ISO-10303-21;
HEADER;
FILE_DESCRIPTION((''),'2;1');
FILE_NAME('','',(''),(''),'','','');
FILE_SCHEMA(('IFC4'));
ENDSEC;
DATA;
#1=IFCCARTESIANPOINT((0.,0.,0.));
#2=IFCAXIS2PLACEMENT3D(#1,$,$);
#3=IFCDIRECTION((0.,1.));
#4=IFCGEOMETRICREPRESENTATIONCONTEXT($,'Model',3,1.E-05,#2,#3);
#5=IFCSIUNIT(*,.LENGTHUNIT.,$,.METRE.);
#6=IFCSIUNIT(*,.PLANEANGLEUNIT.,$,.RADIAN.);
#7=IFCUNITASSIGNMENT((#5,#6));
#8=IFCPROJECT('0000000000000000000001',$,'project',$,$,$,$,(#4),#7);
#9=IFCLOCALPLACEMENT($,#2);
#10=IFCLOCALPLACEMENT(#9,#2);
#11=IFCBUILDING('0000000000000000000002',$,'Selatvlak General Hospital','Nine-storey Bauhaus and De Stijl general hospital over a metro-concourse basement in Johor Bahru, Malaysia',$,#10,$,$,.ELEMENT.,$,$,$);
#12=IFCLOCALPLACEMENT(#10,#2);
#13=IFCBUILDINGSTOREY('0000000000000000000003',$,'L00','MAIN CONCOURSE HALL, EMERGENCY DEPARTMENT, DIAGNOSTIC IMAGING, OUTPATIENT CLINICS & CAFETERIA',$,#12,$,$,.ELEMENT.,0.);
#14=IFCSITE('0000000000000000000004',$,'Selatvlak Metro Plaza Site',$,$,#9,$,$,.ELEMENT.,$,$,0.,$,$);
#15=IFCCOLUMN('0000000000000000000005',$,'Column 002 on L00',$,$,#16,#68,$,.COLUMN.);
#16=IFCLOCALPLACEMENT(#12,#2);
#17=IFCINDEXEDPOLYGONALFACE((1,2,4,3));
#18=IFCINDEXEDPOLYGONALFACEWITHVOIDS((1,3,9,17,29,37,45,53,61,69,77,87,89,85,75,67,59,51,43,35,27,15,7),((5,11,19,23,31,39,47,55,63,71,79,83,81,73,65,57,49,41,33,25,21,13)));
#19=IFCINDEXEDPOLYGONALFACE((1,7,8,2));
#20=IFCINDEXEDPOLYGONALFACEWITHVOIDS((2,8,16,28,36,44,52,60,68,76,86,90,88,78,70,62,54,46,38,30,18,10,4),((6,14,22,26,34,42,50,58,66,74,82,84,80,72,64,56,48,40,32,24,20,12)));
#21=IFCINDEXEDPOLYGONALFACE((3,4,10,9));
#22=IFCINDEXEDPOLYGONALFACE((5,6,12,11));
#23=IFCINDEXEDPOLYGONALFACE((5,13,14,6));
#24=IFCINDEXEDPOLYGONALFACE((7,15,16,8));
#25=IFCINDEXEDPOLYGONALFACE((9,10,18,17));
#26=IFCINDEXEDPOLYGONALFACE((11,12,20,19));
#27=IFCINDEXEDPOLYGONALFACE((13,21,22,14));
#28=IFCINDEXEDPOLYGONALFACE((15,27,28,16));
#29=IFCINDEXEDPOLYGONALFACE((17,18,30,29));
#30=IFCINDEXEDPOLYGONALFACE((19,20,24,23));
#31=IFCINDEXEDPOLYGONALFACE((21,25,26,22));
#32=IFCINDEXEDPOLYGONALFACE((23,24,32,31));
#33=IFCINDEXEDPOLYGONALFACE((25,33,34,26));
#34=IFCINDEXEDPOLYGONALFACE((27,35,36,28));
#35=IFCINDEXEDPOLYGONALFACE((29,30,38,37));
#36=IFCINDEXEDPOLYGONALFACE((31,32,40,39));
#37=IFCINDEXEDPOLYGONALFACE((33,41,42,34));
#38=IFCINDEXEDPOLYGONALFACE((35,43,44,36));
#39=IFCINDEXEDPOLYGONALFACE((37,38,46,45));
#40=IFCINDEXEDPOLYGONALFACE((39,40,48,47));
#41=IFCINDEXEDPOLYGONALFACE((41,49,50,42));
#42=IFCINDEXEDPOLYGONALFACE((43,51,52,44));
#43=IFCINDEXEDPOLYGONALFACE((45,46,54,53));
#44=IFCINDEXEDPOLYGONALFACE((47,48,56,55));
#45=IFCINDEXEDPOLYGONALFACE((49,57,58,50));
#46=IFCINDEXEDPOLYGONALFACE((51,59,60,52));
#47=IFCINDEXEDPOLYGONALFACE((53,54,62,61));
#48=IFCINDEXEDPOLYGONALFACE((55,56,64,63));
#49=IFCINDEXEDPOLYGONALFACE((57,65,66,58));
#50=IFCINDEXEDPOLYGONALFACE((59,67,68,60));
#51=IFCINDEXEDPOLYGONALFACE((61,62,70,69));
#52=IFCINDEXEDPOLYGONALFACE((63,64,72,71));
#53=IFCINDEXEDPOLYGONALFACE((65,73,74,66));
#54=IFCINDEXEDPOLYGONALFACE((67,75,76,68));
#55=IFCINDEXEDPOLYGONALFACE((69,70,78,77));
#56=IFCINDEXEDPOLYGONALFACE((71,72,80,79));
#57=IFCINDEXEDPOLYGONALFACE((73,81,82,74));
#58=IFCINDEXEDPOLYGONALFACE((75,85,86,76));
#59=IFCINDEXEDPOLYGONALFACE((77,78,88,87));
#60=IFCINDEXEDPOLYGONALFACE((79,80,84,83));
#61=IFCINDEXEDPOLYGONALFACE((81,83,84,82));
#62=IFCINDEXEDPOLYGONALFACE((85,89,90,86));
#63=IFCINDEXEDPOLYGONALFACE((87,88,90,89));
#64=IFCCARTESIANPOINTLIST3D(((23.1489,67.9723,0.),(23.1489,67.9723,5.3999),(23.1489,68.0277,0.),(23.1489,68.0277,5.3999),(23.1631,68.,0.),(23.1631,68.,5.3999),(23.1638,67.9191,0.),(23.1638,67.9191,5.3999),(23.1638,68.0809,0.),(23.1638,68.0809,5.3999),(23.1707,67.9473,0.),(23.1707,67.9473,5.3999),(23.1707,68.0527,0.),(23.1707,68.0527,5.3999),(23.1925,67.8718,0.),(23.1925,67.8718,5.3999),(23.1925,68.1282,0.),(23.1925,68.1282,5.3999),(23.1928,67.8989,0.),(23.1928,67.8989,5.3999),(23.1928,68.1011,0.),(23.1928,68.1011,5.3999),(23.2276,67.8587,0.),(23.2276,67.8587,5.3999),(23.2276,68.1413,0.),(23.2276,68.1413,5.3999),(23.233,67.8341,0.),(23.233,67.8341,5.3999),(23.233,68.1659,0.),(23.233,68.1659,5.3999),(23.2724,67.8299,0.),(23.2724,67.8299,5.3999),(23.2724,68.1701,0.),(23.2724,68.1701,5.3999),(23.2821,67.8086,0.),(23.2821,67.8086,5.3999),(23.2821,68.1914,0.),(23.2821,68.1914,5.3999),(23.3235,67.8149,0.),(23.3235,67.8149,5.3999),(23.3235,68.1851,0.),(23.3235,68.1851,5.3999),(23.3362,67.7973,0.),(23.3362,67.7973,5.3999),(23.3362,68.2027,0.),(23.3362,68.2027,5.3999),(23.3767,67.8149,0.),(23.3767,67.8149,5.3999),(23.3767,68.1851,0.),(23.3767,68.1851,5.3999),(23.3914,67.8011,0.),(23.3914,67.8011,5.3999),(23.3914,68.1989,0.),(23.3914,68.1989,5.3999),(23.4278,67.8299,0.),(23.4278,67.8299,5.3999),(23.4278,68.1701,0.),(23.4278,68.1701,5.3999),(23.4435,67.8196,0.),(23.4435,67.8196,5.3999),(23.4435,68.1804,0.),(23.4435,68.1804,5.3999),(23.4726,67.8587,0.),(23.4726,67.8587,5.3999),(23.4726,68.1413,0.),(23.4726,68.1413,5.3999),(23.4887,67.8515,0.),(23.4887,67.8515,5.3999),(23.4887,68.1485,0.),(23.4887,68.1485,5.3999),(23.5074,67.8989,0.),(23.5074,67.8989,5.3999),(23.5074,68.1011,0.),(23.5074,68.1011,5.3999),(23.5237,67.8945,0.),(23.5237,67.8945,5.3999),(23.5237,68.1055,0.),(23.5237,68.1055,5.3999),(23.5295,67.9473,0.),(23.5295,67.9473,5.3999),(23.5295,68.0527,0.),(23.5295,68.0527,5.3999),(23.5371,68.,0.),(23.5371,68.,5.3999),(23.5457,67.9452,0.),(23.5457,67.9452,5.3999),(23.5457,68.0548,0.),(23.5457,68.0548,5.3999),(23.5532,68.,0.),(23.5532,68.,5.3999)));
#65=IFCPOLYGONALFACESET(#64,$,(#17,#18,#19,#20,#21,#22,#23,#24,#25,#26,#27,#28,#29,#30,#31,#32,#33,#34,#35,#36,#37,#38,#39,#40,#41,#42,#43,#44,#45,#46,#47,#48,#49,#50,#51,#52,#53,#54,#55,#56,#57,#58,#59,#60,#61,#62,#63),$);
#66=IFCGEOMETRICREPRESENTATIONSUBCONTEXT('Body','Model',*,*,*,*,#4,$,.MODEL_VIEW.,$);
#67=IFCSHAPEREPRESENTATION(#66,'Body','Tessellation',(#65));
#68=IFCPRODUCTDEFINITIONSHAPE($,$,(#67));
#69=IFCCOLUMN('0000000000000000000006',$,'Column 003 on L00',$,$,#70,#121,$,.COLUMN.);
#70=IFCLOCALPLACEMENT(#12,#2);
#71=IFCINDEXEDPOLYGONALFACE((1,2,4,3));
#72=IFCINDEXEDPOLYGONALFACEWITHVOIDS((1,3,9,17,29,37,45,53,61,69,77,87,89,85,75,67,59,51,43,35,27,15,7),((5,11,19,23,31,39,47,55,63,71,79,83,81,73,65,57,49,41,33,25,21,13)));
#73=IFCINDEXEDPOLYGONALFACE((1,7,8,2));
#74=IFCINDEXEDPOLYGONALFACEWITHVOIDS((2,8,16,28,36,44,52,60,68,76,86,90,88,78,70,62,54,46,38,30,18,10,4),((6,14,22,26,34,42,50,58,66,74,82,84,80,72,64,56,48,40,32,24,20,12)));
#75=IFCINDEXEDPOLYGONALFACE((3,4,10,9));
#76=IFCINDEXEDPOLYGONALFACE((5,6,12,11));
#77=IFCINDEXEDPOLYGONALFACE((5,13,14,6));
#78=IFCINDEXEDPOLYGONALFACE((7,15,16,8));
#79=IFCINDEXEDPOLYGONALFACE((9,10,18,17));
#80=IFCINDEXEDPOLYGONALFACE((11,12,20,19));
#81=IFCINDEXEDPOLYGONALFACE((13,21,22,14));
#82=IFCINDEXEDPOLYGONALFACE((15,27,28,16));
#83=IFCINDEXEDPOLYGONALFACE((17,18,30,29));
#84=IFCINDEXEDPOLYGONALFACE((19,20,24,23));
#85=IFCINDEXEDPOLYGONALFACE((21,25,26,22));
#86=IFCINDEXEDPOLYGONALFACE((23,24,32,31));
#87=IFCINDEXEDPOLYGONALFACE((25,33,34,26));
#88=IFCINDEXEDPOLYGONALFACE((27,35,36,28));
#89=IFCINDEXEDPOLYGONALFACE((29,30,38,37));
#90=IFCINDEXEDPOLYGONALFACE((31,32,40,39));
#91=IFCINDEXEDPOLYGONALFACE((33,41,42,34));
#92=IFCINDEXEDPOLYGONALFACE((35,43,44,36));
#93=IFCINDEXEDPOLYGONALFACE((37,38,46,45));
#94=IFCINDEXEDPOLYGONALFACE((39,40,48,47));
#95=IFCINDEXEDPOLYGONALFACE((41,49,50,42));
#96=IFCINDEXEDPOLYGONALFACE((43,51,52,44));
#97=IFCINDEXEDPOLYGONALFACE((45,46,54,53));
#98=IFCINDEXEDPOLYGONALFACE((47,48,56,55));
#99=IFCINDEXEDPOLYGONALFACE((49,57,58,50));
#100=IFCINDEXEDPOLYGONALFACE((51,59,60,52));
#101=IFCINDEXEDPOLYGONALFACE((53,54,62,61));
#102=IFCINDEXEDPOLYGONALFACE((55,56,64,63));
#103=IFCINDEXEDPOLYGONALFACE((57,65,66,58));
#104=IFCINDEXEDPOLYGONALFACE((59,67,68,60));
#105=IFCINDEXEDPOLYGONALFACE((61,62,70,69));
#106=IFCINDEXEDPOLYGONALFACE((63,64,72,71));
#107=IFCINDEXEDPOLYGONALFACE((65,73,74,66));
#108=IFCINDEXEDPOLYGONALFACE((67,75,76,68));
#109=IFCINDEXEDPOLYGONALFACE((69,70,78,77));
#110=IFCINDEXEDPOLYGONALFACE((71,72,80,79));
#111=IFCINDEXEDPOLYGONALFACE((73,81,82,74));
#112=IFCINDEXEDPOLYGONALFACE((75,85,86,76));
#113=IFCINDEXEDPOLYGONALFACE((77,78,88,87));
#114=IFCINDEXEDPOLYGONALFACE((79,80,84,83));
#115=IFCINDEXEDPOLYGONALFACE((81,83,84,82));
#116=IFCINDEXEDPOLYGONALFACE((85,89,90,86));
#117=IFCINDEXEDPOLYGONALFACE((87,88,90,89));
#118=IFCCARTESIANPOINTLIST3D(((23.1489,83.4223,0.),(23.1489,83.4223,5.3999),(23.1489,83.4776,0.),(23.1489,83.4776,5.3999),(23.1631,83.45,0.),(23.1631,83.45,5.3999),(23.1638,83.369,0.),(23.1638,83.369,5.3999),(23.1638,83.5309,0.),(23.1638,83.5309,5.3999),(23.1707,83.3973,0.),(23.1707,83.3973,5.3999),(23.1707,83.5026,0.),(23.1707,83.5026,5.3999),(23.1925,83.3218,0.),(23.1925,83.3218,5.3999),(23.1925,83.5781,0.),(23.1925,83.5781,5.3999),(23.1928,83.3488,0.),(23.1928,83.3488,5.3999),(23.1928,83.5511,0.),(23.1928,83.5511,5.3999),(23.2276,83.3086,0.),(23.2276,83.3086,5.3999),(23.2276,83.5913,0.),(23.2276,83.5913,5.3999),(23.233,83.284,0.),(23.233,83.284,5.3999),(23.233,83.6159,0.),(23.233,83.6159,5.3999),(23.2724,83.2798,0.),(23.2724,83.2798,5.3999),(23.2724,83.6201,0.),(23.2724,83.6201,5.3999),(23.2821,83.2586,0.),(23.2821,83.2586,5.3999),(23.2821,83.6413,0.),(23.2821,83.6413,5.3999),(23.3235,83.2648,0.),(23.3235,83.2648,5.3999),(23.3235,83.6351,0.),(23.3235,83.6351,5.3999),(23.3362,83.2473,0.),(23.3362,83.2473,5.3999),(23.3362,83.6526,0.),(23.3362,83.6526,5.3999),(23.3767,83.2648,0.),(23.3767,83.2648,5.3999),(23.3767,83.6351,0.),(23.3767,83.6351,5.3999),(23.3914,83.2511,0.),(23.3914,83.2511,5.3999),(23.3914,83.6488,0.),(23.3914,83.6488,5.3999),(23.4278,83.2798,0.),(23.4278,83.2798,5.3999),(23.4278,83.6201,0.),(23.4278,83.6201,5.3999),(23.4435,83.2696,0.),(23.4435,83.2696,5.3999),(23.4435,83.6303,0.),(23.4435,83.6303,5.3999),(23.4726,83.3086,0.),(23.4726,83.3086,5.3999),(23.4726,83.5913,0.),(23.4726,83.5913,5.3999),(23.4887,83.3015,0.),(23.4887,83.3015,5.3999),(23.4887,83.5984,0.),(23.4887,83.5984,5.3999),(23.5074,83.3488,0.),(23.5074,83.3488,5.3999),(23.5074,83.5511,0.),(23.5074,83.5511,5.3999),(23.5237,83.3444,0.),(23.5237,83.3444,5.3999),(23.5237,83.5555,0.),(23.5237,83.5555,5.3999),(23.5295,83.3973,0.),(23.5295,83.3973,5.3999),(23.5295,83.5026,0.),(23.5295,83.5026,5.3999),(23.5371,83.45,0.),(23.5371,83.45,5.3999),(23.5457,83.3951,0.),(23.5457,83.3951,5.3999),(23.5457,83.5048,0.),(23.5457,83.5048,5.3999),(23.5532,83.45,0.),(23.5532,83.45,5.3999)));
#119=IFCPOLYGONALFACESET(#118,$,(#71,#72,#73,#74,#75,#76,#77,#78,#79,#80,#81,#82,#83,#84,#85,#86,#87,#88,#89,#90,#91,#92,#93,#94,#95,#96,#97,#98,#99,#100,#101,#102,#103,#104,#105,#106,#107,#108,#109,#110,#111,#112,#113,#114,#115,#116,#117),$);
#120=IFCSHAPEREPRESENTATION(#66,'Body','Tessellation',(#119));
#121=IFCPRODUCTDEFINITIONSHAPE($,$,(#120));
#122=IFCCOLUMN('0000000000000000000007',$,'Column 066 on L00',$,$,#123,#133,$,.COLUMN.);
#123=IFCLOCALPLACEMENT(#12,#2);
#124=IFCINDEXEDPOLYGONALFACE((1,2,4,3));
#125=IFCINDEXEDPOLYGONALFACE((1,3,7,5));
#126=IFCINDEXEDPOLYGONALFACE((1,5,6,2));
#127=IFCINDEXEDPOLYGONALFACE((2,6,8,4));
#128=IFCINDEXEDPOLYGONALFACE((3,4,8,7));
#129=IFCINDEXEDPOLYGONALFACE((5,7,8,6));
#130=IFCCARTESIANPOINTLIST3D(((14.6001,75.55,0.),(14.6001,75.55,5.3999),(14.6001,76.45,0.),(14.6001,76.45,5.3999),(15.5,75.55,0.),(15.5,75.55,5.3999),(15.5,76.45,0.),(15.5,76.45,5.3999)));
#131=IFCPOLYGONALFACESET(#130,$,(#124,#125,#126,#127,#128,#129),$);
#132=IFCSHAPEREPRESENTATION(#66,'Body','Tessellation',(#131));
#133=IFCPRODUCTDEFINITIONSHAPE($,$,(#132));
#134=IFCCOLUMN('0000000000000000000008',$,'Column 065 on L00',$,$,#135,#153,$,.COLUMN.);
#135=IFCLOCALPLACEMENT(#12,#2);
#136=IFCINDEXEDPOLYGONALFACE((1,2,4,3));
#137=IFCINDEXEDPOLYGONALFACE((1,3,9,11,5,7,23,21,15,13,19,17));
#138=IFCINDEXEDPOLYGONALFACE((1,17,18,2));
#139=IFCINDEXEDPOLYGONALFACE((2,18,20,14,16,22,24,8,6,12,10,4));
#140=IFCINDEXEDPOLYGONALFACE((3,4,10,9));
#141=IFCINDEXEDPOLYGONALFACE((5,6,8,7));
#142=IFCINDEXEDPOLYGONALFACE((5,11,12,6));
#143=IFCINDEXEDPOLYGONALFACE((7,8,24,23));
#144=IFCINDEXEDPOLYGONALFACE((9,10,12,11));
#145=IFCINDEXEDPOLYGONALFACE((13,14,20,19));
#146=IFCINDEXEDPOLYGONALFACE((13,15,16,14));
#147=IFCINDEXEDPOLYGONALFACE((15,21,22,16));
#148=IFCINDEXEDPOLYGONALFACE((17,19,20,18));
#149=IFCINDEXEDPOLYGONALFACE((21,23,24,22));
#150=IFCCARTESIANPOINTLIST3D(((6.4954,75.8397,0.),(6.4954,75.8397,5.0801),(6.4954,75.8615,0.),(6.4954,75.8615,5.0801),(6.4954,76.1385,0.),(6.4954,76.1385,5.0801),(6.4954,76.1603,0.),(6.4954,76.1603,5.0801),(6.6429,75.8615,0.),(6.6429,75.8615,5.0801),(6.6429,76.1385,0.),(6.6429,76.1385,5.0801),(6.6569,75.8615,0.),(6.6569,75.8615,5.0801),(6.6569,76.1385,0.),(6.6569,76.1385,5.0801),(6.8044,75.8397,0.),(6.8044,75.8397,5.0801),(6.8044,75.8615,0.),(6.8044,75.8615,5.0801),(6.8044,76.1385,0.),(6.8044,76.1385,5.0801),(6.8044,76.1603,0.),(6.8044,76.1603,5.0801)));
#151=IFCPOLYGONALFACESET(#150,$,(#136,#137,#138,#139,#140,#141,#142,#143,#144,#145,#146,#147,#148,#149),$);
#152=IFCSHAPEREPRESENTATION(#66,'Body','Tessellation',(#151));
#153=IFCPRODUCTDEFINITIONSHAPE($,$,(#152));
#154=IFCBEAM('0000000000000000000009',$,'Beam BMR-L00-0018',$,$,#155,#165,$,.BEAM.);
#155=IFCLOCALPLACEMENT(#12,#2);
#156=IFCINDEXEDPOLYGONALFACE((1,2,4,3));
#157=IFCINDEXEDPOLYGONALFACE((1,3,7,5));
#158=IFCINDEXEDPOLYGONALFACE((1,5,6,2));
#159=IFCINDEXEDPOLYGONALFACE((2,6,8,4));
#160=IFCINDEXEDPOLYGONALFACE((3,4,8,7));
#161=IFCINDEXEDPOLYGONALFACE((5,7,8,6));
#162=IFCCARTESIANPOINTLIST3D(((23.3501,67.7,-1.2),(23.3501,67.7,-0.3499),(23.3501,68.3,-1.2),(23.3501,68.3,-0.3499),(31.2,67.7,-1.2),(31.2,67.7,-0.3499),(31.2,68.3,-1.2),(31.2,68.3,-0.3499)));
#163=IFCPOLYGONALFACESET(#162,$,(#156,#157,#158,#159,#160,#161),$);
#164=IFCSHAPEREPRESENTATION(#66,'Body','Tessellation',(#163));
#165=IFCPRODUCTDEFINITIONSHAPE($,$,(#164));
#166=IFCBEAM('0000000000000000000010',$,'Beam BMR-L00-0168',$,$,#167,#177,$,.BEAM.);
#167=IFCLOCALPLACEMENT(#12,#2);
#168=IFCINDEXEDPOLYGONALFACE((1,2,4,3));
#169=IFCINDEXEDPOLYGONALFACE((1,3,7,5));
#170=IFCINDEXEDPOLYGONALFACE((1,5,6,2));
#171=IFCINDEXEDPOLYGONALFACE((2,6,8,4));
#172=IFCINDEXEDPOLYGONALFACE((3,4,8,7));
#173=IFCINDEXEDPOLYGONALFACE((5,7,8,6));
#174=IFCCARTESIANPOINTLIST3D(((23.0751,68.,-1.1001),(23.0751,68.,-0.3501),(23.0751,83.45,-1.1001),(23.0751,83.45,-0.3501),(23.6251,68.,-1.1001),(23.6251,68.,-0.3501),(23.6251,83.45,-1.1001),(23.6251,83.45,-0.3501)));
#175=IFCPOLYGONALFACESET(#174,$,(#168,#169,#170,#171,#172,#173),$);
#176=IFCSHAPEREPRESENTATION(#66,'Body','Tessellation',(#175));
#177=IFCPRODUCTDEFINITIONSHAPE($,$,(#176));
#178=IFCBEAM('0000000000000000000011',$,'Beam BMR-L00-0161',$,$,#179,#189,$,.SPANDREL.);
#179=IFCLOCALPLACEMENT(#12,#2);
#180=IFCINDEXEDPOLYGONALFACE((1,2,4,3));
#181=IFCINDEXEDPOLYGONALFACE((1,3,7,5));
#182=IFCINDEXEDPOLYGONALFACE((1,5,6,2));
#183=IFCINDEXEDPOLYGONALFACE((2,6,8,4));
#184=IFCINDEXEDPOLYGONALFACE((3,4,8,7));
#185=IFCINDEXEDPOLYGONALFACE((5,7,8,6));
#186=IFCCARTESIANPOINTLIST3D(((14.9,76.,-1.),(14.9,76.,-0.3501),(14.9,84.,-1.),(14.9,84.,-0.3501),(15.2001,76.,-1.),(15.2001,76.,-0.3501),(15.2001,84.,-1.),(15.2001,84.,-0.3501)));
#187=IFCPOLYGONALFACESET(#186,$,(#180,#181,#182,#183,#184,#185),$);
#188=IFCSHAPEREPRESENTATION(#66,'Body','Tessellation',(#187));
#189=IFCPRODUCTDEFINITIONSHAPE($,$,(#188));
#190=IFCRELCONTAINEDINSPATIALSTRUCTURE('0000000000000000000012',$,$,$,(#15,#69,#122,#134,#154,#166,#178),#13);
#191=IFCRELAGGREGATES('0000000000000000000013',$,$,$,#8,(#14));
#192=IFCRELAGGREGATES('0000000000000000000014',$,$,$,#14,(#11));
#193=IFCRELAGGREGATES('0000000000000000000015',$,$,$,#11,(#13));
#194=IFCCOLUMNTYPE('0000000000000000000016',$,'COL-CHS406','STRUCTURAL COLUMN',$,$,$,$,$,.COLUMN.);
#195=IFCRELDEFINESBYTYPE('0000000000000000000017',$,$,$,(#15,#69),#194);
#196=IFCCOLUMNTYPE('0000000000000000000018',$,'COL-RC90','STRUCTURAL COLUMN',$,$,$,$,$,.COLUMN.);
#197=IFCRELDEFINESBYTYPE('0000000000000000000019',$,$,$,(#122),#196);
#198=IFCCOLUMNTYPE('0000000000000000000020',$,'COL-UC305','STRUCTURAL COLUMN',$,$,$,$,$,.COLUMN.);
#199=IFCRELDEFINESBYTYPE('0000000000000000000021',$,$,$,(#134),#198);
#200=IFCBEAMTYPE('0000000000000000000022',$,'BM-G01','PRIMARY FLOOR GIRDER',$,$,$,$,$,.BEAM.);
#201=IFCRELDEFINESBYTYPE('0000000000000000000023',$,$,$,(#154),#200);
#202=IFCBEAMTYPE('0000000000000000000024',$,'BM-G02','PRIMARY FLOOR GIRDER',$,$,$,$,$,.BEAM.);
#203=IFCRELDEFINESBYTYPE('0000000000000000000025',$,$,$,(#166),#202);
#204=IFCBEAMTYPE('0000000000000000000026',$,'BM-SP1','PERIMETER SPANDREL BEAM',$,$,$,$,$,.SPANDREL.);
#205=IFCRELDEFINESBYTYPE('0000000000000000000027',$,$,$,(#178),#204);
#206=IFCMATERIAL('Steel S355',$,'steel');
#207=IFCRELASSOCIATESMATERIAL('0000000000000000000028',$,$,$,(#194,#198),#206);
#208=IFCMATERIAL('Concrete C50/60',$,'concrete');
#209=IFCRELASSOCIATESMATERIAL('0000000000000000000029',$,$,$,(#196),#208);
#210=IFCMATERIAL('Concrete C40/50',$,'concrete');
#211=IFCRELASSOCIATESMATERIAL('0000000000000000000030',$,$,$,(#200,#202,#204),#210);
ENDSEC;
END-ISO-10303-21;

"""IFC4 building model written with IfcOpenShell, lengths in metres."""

from ifc_helpers import new_model, si_unit, direction, frame, origin, origin_2d, place, context, subcontext, project, spatial, rectangle, hollow_circle, i_section, extrude, material, material_profile, profile_set, type_object, element, save


model = new_model("IFC4")

# Units and contexts
model_context = context("Model", 3, precision=1e-05, world=origin(), true_north=direction((0.0, 1.0)))
body_context = subcontext(model_context, "Body", "Model", "MODEL_VIEW")
ifc_project = project(units=[si_unit("LENGTHUNIT", "METRE"), si_unit("PLANEANGLEUNIT", "RADIAN")], contexts=[model_context])

# Site, building, storey
site_placement = place(None, origin())
site = spatial("IfcSite", under=ifc_project, at=site_placement, Name="Selatvlak Metro Plaza Site", CompositionType="ELEMENT", RefElevation=0.0)
building_placement = place(site_placement, origin())
building = spatial("IfcBuilding", under=site, at=building_placement, Name="Selatvlak General Hospital", Description="Nine-storey Bauhaus and De Stijl general hospital over a metro-concourse basement in Johor Bahru, Malaysia", CompositionType="ELEMENT")
storey_placement = place(building_placement, origin())
storey = spatial("IfcBuildingStorey", under=building, at=storey_placement, Name="L00", Description="MAIN CONCOURSE HALL, EMERGENCY DEPARTMENT, DIAGNOSTIC IMAGING, OUTPATIENT CLINICS & CAFETERIA", CompositionType="ELEMENT", Elevation=0.0)

# Columns
ifc_material_1 = material(Name="Steel S355", Category="steel")
ifc_material_profile_1 = material_profile(ifc_material_1, hollow_circle(Radius=0.2031, WallThickness=0.0161, at=origin_2d()), Name="CHS 406.4x16")
ifc_profile_set_1 = profile_set([ifc_material_profile_1], Name="Steel S355")
column_type_1 = type_object("IfcColumnType", Name="COL-CHS406", Description="STRUCTURAL COLUMN", PredefinedType="COLUMN", material=ifc_profile_set_1)
for number, where, z_axis, x_axis, name in (
    (1, (23.3501, 68.0, 0.0), (0.0, 0.0, 1.0), (1.0, 0.0, 0.0), "Column 002 on L00"),
    (2, (23.3501, 83.45, 0.0), (0.0, 0.0, 1.0), (1.0, 0.0, 0.0), "Column 003 on L00"),
):
    element("IfcColumn", number, at=place(storey_placement, frame(where, z_axis=z_axis, x_axis=x_axis)), inside=storey, type_object=column_type_1, Name=name, PredefinedType="COLUMN", context=body_context, shape_type="SweptSolid", body=[
        extrude(hollow_circle(Radius=0.2031, WallThickness=0.0161, at=origin_2d()), origin(), (0.0, 0.0, 1.0), 5.3999),
    ])
ifc_material_2 = material(Name="Concrete C50/60", Category="concrete")
ifc_material_profile_2 = material_profile(ifc_material_2, rectangle(XDim=0.8999, YDim=0.8999, at=origin_2d()), Name="RC-COL 900x900")
ifc_profile_set_2 = profile_set([ifc_material_profile_2], Name="Concrete C50/60")
column_type_2 = type_object("IfcColumnType", Name="COL-RC90", Description="STRUCTURAL COLUMN", PredefinedType="COLUMN", material=ifc_profile_set_2)
column_1_placement = place(storey_placement, frame((15.05, 76.0, 0.0), z_axis=(0.0, 0.0, 1.0), x_axis=(1.0, 0.0, 0.0)))
element("IfcColumn", 3, at=column_1_placement, inside=storey, type_object=column_type_2, Name="Column 066 on L00", PredefinedType="COLUMN", context=body_context, shape_type="SweptSolid", body=[
    extrude(rectangle(XDim=0.8999, YDim=0.8999, at=origin_2d()), origin(), (0.0, 0.0, 1.0), 5.3999),
])
ifc_material_profile_3 = material_profile(ifc_material_1, i_section(OverallWidth=0.3091, OverallDepth=0.3206, WebThickness=0.0139, FlangeThickness=0.0217, at=origin_2d()), Name="UC 305x305x137")
ifc_profile_set_3 = profile_set([ifc_material_profile_3], Name="Steel S355")
column_type_3 = type_object("IfcColumnType", Name="COL-UC305", Description="STRUCTURAL COLUMN", PredefinedType="COLUMN", material=ifc_profile_set_3)
column_2_placement = place(storey_placement, frame((6.6499, 76.0, 0.0), z_axis=(0.0, 0.0, 1.0), x_axis=(1.0, 0.0, 0.0)))
element("IfcColumn", 4, at=column_2_placement, inside=storey, type_object=column_type_3, Name="Column 065 on L00", PredefinedType="COLUMN", context=body_context, shape_type="SweptSolid", body=[
    extrude(i_section(OverallWidth=0.3091, OverallDepth=0.3206, WebThickness=0.0139, FlangeThickness=0.0217, at=origin_2d()), origin(), (0.0, 0.0, 1.0), 5.0801),
])

# Beams
ifc_material_3 = material(Name="Concrete C40/50", Category="concrete")
ifc_material_profile_4 = material_profile(ifc_material_3, rectangle(XDim=0.6001, YDim=0.8501, at=origin_2d()), Name="RC-BM 600x850")
ifc_profile_set_4 = profile_set([ifc_material_profile_4], Name="Concrete C40/50")
beam_type_1 = type_object("IfcBeamType", Name="BM-G01", Description="PRIMARY FLOOR GIRDER", PredefinedType="BEAM", material=ifc_profile_set_4)
beam_1_placement = place(storey_placement, frame((23.3501, 68.0, -0.7749), z_axis=(1.0, 0.0, 0.0), x_axis=(0.0, 1.0, 0.0)))
element("IfcBeam", 5, at=beam_1_placement, inside=storey, type_object=beam_type_1, Name="Beam BMR-L00-0018", PredefinedType="BEAM", context=body_context, shape_type="SweptSolid", body=[
    extrude(rectangle(XDim=0.6001, YDim=0.8501, at=origin_2d()), origin(), (0.0, 0.0, 1.0), 7.8499),
])
ifc_material_profile_5 = material_profile(ifc_material_3, rectangle(XDim=0.55, YDim=0.75, at=origin_2d()), Name="RC-BM 550x750")
ifc_profile_set_5 = profile_set([ifc_material_profile_5], Name="Concrete C40/50")
beam_type_2 = type_object("IfcBeamType", Name="BM-G02", Description="PRIMARY FLOOR GIRDER", PredefinedType="BEAM", material=ifc_profile_set_5)
beam_2_placement = place(storey_placement, frame((23.3501, 68.0, -0.7251), z_axis=(0.0, 1.0, 0.0), x_axis=(-1.0, 0.0, 0.0)))
element("IfcBeam", 6, at=beam_2_placement, inside=storey, type_object=beam_type_2, Name="Beam BMR-L00-0168", PredefinedType="BEAM", context=body_context, shape_type="SweptSolid", body=[
    extrude(rectangle(XDim=0.55, YDim=0.75, at=origin_2d()), origin(), (0.0, 0.0, 1.0), 15.45),
])
ifc_material_profile_6 = material_profile(ifc_material_3, rectangle(XDim=0.3, YDim=0.6499, at=origin_2d()), Name="RC-SP 300x650")
ifc_profile_set_6 = profile_set([ifc_material_profile_6], Name="Concrete C40/50")
beam_type_3 = type_object("IfcBeamType", Name="BM-SP1", Description="PERIMETER SPANDREL BEAM", PredefinedType="SPANDREL", material=ifc_profile_set_6)
beam_3_placement = place(storey_placement, frame((15.05, 76.0, -0.675), z_axis=(0.0, 1.0, 0.0), x_axis=(-1.0, 0.0, 0.0)))
element("IfcBeam", 7, at=beam_3_placement, inside=storey, type_object=beam_type_3, Name="Beam BMR-L00-0161", PredefinedType="SPANDREL", context=body_context, shape_type="SweptSolid", body=[
    extrude(rectangle(XDim=0.3, YDim=0.6499, at=origin_2d()), origin(), (0.0, 0.0, 1.0), 8.0),
])

save(model, "model.ifc")
